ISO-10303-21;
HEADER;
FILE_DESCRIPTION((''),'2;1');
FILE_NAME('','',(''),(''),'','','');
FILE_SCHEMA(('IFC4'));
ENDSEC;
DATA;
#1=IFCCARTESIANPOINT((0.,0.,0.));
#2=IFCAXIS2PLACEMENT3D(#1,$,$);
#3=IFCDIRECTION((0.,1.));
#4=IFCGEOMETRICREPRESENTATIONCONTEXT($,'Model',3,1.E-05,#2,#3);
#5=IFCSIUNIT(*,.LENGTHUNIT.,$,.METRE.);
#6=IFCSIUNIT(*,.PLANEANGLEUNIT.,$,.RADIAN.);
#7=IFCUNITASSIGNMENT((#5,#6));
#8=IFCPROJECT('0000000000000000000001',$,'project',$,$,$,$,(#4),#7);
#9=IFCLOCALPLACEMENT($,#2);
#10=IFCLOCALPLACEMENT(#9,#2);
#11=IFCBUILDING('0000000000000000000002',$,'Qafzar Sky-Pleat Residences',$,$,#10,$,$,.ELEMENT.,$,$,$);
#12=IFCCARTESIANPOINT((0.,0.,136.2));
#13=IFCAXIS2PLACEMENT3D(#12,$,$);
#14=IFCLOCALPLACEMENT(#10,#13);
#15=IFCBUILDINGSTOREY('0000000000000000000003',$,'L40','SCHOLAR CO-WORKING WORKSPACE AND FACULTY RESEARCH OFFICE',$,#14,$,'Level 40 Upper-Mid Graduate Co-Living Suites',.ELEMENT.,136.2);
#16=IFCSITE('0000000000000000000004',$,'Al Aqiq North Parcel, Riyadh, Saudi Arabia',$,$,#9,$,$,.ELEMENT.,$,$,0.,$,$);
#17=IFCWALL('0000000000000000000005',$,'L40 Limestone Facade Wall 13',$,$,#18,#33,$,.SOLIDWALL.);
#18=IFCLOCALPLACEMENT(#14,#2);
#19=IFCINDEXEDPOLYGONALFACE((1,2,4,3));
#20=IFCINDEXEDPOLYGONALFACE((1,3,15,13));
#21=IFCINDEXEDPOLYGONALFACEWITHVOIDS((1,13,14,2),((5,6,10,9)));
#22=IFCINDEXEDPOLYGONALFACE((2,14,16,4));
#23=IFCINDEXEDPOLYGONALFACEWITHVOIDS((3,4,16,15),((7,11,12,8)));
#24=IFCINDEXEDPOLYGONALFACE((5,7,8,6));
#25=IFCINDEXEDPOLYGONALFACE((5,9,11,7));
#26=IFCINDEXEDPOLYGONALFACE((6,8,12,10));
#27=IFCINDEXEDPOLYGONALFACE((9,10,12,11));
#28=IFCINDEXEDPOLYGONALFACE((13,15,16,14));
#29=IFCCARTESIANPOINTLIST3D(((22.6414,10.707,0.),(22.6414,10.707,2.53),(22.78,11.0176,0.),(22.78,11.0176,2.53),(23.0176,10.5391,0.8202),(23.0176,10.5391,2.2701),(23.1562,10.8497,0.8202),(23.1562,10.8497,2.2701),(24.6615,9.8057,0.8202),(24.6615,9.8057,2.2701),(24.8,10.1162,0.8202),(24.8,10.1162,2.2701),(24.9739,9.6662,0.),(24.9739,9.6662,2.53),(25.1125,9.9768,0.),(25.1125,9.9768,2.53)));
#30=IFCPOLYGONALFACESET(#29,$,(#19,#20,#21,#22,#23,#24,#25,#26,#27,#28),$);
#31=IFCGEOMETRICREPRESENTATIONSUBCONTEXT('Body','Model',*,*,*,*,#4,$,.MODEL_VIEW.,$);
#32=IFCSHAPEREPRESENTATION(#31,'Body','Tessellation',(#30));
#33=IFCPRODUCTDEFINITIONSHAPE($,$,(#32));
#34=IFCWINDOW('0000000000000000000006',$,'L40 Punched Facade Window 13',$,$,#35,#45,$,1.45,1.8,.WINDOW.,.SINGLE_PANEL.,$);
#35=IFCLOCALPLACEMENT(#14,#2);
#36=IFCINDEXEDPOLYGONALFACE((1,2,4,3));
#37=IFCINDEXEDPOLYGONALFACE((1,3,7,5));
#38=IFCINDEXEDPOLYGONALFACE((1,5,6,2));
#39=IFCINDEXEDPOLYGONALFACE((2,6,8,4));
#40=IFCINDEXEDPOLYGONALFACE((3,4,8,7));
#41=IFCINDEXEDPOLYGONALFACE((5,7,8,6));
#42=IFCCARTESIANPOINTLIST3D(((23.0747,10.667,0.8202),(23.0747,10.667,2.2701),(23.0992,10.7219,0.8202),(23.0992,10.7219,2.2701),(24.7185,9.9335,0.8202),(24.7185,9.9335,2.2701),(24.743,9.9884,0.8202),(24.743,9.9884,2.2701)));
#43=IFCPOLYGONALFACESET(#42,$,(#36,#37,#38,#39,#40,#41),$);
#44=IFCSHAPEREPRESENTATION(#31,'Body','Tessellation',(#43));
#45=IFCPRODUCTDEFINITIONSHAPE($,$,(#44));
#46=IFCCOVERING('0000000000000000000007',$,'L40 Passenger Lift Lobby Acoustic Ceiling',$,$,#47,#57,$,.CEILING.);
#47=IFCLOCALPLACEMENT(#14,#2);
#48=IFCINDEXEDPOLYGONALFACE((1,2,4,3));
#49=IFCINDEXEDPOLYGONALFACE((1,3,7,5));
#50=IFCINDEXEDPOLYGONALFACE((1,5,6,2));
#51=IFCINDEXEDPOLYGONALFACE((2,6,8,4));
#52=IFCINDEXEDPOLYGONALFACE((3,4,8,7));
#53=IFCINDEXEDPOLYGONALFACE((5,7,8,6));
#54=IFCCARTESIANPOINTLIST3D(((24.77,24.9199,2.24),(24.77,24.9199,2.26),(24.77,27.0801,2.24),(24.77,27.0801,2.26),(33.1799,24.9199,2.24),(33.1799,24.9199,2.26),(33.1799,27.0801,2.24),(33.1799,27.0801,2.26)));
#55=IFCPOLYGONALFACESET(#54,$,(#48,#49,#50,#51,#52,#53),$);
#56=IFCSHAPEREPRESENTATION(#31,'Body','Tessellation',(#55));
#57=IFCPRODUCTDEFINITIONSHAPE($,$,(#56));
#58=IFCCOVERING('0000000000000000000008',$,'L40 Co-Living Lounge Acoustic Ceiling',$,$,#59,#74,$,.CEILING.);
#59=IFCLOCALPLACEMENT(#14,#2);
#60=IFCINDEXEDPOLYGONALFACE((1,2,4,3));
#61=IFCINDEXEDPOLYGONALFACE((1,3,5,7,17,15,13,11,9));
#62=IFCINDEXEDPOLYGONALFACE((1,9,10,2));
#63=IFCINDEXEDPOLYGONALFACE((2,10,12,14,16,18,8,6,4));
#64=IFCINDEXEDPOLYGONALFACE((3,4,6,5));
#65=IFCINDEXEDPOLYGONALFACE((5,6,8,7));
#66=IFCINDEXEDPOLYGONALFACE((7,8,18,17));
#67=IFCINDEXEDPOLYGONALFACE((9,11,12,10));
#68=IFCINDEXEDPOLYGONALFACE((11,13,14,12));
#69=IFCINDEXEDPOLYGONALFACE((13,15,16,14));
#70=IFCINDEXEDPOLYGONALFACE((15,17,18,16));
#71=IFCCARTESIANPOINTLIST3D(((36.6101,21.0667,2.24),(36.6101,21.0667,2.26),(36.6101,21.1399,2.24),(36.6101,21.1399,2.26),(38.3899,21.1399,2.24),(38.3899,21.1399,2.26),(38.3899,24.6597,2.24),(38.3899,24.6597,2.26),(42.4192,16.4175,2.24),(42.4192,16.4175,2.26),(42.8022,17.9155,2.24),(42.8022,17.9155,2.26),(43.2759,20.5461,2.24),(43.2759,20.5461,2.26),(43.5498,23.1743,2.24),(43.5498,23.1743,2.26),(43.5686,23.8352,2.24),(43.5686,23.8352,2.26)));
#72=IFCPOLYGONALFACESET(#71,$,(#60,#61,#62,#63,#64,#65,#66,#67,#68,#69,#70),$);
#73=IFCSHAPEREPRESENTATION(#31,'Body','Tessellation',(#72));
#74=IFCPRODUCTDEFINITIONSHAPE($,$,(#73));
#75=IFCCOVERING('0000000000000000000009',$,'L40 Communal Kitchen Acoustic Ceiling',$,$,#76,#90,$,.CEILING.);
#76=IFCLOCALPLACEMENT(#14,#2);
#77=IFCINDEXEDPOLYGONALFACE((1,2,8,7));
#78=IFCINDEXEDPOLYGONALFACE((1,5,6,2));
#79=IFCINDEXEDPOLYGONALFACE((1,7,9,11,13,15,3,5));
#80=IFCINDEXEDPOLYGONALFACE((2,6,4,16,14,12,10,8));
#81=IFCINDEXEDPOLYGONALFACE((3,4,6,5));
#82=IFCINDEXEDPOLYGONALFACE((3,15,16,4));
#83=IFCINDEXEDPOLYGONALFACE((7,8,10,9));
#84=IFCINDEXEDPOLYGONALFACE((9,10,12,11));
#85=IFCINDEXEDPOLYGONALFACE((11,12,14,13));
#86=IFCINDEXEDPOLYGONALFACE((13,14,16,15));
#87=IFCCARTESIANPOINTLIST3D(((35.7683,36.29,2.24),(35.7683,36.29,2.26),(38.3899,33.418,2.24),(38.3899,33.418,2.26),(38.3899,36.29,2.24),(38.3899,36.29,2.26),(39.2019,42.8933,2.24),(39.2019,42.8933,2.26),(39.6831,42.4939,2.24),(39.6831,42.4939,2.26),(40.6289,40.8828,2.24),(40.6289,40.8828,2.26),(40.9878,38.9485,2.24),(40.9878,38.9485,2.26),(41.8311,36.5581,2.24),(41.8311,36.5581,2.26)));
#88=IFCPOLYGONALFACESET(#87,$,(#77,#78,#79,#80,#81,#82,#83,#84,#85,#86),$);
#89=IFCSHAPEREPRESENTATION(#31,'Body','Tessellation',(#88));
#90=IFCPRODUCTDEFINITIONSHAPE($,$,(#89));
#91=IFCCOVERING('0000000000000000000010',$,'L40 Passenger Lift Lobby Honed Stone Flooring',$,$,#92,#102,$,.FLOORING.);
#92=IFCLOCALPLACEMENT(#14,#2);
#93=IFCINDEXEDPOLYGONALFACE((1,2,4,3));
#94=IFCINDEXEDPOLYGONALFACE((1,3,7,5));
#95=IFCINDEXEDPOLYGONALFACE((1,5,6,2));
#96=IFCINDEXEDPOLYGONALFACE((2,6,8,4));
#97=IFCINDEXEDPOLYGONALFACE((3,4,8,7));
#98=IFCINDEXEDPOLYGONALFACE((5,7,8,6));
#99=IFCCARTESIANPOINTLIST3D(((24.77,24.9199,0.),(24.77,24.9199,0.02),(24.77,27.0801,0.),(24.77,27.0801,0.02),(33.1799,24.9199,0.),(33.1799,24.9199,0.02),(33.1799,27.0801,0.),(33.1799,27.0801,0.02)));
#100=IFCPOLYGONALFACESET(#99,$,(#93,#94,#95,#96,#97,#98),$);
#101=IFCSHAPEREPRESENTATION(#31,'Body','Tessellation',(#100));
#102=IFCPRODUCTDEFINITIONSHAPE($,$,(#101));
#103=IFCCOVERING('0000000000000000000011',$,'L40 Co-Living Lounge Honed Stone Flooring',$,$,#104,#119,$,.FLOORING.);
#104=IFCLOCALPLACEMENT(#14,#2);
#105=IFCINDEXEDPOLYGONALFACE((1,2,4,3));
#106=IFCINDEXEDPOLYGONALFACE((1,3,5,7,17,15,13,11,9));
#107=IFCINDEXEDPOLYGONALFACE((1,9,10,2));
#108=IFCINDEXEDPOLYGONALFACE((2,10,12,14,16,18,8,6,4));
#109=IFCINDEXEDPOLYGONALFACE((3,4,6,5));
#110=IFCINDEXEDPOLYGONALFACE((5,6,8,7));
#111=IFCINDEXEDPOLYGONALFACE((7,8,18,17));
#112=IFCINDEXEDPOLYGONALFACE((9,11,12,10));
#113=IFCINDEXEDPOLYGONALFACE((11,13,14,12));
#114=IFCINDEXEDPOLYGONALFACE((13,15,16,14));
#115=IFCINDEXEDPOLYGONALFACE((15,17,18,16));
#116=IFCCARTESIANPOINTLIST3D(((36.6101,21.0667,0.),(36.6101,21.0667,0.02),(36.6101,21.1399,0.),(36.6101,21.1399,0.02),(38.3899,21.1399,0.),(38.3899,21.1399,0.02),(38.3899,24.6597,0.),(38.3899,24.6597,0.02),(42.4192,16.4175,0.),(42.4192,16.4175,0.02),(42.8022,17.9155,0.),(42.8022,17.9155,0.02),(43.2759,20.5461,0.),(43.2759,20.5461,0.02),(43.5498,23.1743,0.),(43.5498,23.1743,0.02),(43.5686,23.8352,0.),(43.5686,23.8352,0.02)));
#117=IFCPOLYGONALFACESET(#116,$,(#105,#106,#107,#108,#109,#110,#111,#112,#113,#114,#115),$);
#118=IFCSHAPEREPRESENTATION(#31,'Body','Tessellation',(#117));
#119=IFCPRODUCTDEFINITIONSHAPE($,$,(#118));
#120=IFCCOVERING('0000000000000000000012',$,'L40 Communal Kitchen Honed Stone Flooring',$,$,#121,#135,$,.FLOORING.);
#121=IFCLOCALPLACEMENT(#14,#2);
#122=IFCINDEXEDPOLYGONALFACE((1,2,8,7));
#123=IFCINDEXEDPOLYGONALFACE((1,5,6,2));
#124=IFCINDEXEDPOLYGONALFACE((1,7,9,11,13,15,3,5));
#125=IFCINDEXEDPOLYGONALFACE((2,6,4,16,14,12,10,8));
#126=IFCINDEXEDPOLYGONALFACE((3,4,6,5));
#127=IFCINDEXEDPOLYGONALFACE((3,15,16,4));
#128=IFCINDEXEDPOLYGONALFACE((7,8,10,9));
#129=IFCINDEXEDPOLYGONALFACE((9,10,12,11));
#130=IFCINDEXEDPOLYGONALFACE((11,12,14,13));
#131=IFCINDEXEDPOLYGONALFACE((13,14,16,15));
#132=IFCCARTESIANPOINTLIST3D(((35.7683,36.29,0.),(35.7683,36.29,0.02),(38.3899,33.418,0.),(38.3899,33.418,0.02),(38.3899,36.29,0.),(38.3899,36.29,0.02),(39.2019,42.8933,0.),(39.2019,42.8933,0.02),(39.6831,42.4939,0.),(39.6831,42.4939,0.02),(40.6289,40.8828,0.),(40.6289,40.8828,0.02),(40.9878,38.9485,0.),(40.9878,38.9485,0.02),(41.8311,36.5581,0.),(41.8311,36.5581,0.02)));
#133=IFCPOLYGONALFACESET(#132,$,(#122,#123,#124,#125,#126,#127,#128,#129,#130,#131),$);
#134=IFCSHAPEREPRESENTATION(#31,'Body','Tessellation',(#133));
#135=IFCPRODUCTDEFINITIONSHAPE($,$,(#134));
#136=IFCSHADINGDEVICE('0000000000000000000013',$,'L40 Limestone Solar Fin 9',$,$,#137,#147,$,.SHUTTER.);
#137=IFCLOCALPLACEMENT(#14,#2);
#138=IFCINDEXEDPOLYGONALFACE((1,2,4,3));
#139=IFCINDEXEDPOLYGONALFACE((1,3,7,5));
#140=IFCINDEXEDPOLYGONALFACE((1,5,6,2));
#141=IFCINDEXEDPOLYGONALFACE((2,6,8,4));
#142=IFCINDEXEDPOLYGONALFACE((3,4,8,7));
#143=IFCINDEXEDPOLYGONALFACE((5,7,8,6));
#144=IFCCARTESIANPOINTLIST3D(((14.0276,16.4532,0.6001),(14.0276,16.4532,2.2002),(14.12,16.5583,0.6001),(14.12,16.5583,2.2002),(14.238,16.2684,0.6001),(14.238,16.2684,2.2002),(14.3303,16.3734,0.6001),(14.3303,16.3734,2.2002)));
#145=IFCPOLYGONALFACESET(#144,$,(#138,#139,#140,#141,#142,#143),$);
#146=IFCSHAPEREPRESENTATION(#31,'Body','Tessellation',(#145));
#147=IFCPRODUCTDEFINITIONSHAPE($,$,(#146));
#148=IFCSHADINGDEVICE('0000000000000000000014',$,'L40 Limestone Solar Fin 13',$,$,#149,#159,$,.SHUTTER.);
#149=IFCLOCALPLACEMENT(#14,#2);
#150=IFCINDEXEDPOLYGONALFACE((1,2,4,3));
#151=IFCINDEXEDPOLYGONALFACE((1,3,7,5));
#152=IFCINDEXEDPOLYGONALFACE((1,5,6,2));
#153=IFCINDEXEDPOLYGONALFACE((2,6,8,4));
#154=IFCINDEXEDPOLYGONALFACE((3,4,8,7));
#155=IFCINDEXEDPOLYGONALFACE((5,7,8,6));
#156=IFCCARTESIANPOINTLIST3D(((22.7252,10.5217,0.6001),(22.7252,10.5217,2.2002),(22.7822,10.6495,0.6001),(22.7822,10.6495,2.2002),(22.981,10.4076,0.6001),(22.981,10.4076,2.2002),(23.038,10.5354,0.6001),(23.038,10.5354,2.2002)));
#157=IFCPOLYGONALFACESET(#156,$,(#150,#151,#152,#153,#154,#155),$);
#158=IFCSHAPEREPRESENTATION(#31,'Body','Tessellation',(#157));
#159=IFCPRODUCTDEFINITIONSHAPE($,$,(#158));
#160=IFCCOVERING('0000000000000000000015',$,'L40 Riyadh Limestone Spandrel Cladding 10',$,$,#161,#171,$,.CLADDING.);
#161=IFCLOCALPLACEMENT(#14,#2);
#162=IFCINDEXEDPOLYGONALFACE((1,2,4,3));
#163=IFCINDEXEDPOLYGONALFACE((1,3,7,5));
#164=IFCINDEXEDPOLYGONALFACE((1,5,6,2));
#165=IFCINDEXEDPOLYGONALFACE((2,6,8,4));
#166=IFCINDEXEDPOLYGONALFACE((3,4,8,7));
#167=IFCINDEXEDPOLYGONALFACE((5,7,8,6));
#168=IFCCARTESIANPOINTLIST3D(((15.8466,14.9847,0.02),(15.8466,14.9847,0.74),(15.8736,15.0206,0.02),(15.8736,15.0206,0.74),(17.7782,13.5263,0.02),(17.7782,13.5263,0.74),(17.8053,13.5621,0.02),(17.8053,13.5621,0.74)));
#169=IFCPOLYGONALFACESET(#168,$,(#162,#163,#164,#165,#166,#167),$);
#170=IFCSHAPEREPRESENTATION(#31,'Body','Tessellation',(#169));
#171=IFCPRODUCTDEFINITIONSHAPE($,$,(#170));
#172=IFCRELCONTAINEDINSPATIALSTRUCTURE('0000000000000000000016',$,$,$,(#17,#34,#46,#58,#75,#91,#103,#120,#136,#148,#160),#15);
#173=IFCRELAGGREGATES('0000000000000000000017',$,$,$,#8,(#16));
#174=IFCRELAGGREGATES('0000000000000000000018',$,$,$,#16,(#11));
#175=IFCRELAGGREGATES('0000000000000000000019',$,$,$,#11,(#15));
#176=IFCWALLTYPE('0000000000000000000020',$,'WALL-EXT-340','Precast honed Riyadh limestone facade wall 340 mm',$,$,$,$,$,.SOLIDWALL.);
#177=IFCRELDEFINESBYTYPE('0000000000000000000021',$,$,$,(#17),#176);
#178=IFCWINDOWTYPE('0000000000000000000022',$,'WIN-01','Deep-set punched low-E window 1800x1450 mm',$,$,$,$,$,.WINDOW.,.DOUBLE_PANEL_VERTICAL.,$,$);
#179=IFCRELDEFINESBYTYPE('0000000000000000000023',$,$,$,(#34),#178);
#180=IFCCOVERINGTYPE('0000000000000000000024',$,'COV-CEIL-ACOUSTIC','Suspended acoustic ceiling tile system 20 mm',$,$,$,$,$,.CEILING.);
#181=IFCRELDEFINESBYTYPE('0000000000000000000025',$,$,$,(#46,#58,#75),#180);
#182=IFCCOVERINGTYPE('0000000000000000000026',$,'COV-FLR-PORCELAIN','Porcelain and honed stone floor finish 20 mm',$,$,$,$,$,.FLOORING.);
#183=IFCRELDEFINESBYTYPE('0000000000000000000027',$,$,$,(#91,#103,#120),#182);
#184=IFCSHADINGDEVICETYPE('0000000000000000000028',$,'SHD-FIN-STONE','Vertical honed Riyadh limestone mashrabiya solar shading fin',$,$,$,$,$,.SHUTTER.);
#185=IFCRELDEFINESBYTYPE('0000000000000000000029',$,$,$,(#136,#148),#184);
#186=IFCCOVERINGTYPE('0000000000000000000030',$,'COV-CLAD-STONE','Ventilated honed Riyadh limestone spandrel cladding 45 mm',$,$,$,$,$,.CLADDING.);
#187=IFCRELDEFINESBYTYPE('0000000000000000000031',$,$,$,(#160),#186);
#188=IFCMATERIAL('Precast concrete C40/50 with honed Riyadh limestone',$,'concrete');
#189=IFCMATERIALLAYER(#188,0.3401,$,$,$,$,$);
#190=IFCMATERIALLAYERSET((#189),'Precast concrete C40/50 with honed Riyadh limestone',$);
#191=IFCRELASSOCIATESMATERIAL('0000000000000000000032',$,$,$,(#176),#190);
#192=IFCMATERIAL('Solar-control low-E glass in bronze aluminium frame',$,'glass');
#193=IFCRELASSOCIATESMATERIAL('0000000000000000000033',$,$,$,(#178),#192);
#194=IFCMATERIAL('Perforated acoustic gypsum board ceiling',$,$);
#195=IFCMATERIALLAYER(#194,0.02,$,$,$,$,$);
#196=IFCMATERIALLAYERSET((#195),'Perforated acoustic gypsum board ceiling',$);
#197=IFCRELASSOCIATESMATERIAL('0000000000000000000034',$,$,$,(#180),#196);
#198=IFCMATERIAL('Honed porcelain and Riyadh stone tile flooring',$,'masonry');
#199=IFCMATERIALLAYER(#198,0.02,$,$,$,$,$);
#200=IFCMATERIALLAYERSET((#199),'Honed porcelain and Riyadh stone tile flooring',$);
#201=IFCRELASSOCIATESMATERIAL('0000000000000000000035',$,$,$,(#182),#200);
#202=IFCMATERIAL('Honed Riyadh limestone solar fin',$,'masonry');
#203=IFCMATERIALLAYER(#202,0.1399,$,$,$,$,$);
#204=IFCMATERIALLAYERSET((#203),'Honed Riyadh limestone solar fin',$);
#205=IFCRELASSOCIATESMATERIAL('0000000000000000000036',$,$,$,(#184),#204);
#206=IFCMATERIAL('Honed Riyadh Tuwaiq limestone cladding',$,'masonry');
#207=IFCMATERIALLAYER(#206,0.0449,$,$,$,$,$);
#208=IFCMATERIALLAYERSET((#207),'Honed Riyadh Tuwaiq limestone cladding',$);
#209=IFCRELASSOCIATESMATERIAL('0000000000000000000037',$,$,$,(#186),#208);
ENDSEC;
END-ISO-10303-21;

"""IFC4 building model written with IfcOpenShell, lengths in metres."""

from ifc_helpers import new_model, si_unit, direction, frame, frame_2d, origin, origin_2d, place, context, subcontext, project, spatial, polyline, rectangle, outline, extrude, source, transform, mapped, material, layer, layer_set, type_object, element, fill, save


model = new_model("IFC4")

# Units and contexts
model_context = context("Model", 3, precision=1e-05, world=origin(), true_north=direction((0.0, 1.0)))
body_context = subcontext(model_context, "Body", "Model", "MODEL_VIEW")
ifc_project = project(units=[si_unit("LENGTHUNIT", "METRE"), si_unit("PLANEANGLEUNIT", "RADIAN")], contexts=[model_context])

# Site, building, storey
site_placement = place(None, origin())
site = spatial("IfcSite", under=ifc_project, at=site_placement, Name="Al Aqiq North Parcel, Riyadh, Saudi Arabia", CompositionType="ELEMENT", RefElevation=0.0)
building_placement = place(site_placement, origin())
building = spatial("IfcBuilding", under=site, at=building_placement, Name="Qafzar Sky-Pleat Residences", CompositionType="ELEMENT")
storey_placement = place(building_placement, frame((0.0, 0.0, 136.2)))
storey = spatial("IfcBuildingStorey", under=building, at=storey_placement, Name="L40", Description="SCHOLAR CO-WORKING WORKSPACE AND FACULTY RESEARCH OFFICE", LongName="Level 40 Upper-Mid Graduate Co-Living Suites", CompositionType="ELEMENT", Elevation=136.2)

# Wall, opening, window
ifc_material_1 = material(Name="Precast concrete C40/50 with honed Riyadh limestone", Category="concrete")
ifc_layer_1 = layer(ifc_material_1, 0.3401)
ifc_layer_set_1 = layer_set([ifc_layer_1], Name="Precast concrete C40/50 with honed Riyadh limestone")
wall_type_1 = type_object("IfcWallType", Name="WALL-EXT-340", Description="Precast honed Riyadh limestone facade wall 340 mm", PredefinedType="SOLIDWALL", material=ifc_layer_set_1)
ifc_material_2 = material(Name="Solar-control low-E glass in bronze aluminium frame", Category="glass")
wall_1_placement = place(storey_placement, frame((22.7107, 10.8623, 0.0), z_axis=(0.0, 0.0, 1.0), x_axis=(0.913215, -0.407477, 0.0)))
wall_1 = element("IfcWall", 1, at=wall_1_placement, inside=storey, type_object=wall_type_1, Name="L40 Limestone Facade Wall 13", PredefinedType="SOLIDWALL", context=body_context, shape_type="SweptSolid", body=[
    extrude(rectangle(XDim=2.5542, YDim=0.3401, at=frame_2d((1.2771, 0.0))), origin(), (0.0, 0.0, 1.0), 2.53),
])
opening_1_placement = place(wall_1_placement, frame((0.4121, 0.0, 0.8201)))
opening_1 = element("IfcOpeningElement", 2, at=opening_1_placement, cuts=wall_1, PredefinedType="OPENING", context=body_context, shape_type="SweptSolid", body=[
    extrude(rectangle(XDim=1.8, YDim=1.45, at=frame_2d((0.8999, 0.7251))), frame((0.0, 0.1802, 0.0), z_axis=(0.0, -1.0, 0.0), x_axis=(1.0, 0.0, 0.0)), (0.0, 0.0, 1.0), 0.3601),
])
window_type_1 = type_object("IfcWindowType", Name="WIN-01", Description="Deep-set punched low-E window 1800x1450 mm", PartitioningType="DOUBLE_PANEL_VERTICAL", PredefinedType="WINDOW", material=ifc_material_2)
shared_shape_1 = source(origin(), body_context, "Body", "SweptSolid", [
    extrude(rectangle(XDim=1.8, YDim=1.45, at=frame_2d((0.8999, 0.7251))), frame((0.0, 0.03, 0.0), z_axis=(0.0, -1.0, 0.0), x_axis=(1.0, 0.0, 0.0)), (0.0, 0.0, 1.0), 0.0601),
])
window_1_placement = place(opening_1_placement, origin())
window_1 = element("IfcWindow", 3, at=window_1_placement, inside=storey, type_object=window_type_1, Name="L40 Punched Facade Window 13", OverallHeight=1.45, OverallWidth=1.8, PartitioningType="SINGLE_PANEL", PredefinedType="WINDOW", context=body_context, shape_type="MappedRepresentation", body=[
    mapped(shared_shape_1, transform((0.0, 0.0, 0.0), x_axis=(1.0, 0.0, 0.0), y_axis=(0.0, 1.0, 0.0), z_axis=(0.0, 0.0, 1.0), scale=1.0)),
])
fill(opening_1, window_1)

# Coverings
ifc_material_3 = material(Name="Perforated acoustic gypsum board ceiling")
ifc_layer_2 = layer(ifc_material_3, 0.02)
ifc_layer_set_2 = layer_set([ifc_layer_2], Name="Perforated acoustic gypsum board ceiling")
covering_type_1 = type_object("IfcCoveringType", Name="COV-CEIL-ACOUSTIC", Description="Suspended acoustic ceiling tile system 20 mm", PredefinedType="CEILING", material=ifc_layer_set_2)
covering_1_placement = place(storey_placement, frame((0.0, 0.0, 2.24)))
element("IfcCovering", 4, at=covering_1_placement, inside=storey, type_object=covering_type_1, Name="L40 Passenger Lift Lobby Acoustic Ceiling", PredefinedType="CEILING", context=body_context, shape_type="SweptSolid", body=[
    extrude(outline(polyline([(33.1799, 24.9199), (24.77, 24.9199), (24.77, 27.0801), (33.1799, 27.0801), (33.1799, 24.9199)])), origin(), (0.0, 0.0, 1.0), 0.02),
])
covering_2_placement = place(storey_placement, frame((0.0, 0.0, 2.24)))
element("IfcCovering", 5, at=covering_2_placement, inside=storey, type_object=covering_type_1, Name="L40 Co-Living Lounge Acoustic Ceiling", PredefinedType="CEILING", context=body_context, shape_type="SweptSolid", body=[
    extrude(outline(polyline([(43.5498, 23.1743), (43.2759, 20.5461), (42.8022, 17.9155), (42.4192, 16.4175), (36.6101, 21.0667), (36.6101, 21.1399), (38.3899, 21.1399), (38.3899, 24.6597), (43.5686, 23.8352), (43.5498, 23.1743)])), origin(), (0.0, 0.0, 1.0), 0.02),
])
covering_3_placement = place(storey_placement, frame((0.0, 0.0, 2.24)))
element("IfcCovering", 6, at=covering_3_placement, inside=storey, type_object=covering_type_1, Name="L40 Communal Kitchen Acoustic Ceiling", PredefinedType="CEILING", context=body_context, shape_type="SweptSolid", body=[
    extrude(outline(polyline([(39.6831, 42.4939), (40.6289, 40.8828), (40.9878, 38.9485), (41.8311, 36.5581), (38.3899, 33.418), (38.3899, 36.29), (35.7683, 36.29), (39.2019, 42.8933), (39.6831, 42.4939)])), origin(), (0.0, 0.0, 1.0), 0.02),
])
ifc_material_4 = material(Name="Honed porcelain and Riyadh stone tile flooring", Category="masonry")
ifc_layer_3 = layer(ifc_material_4, 0.02)
ifc_layer_set_3 = layer_set([ifc_layer_3], Name="Honed porcelain and Riyadh stone tile flooring")
covering_type_2 = type_object("IfcCoveringType", Name="COV-FLR-PORCELAIN", Description="Porcelain and honed stone floor finish 20 mm", PredefinedType="FLOORING", material=ifc_layer_set_3)
covering_4_placement = place(storey_placement, origin())
element("IfcCovering", 7, at=covering_4_placement, inside=storey, type_object=covering_type_2, Name="L40 Passenger Lift Lobby Honed Stone Flooring", PredefinedType="FLOORING", context=body_context, shape_type="SweptSolid", body=[
    extrude(outline(polyline([(33.1799, 24.9199), (24.77, 24.9199), (24.77, 27.0801), (33.1799, 27.0801), (33.1799, 24.9199)])), origin(), (0.0, 0.0, 1.0), 0.02),
])
covering_5_placement = place(storey_placement, origin())
element("IfcCovering", 8, at=covering_5_placement, inside=storey, type_object=covering_type_2, Name="L40 Co-Living Lounge Honed Stone Flooring", PredefinedType="FLOORING", context=body_context, shape_type="SweptSolid", body=[
    extrude(outline(polyline([(43.5498, 23.1743), (43.2759, 20.5461), (42.8022, 17.9155), (42.4192, 16.4175), (36.6101, 21.0667), (36.6101, 21.1399), (38.3899, 21.1399), (38.3899, 24.6597), (43.5686, 23.8352), (43.5498, 23.1743)])), origin(), (0.0, 0.0, 1.0), 0.02),
])
covering_6_placement = place(storey_placement, origin())
element("IfcCovering", 9, at=covering_6_placement, inside=storey, type_object=covering_type_2, Name="L40 Communal Kitchen Honed Stone Flooring", PredefinedType="FLOORING", context=body_context, shape_type="SweptSolid", body=[
    extrude(outline(polyline([(39.6831, 42.4939), (40.6289, 40.8828), (40.9878, 38.9485), (41.8311, 36.5581), (38.3899, 33.418), (38.3899, 36.29), (35.7683, 36.29), (39.2019, 42.8933), (39.6831, 42.4939)])), origin(), (0.0, 0.0, 1.0), 0.02),
])

# Shading devices
ifc_material_5 = material(Name="Honed Riyadh limestone solar fin", Category="masonry")
ifc_layer_4 = layer(ifc_material_5, 0.1399)
ifc_layer_set_4 = layer_set([ifc_layer_4], Name="Honed Riyadh limestone solar fin")
shading_device_type = type_object("IfcShadingDeviceType", Name="SHD-FIN-STONE", Description="Vertical honed Riyadh limestone mashrabiya solar shading fin", PredefinedType="SHUTTER", material=ifc_layer_set_4)
shared_shape_2 = source(origin(), body_context, "Body", "SweptSolid", [
    extrude(rectangle(XDim=0.1399, YDim=0.28, at=origin_2d()), origin(), (0.0, 0.0, 1.0), 1.6001),
])
for number, where, z_axis, x_axis, name in (
    (10, (14.179, 16.4133, 0.6001), (0.0, 0.0, 1.0), (-0.660133, -0.751149, 0.0), "L40 Limestone Solar Fin 9"),
    (11, (22.8816, 10.5286, 0.6001), (0.0, 0.0, 1.0), (-0.407475, -0.913216, 0.0), "L40 Limestone Solar Fin 13"),
):
    element("IfcShadingDevice", number, at=place(storey_placement, frame(where, z_axis=z_axis, x_axis=x_axis)), inside=storey, type_object=shading_device_type, Name=name, PredefinedType="SHUTTER", context=body_context, shape_type="MappedRepresentation", body=[
        mapped(shared_shape_2, transform((0.0, 0.0, 0.0), x_axis=(1.0, 0.0, 0.0), y_axis=(0.0, 1.0, 0.0), z_axis=(0.0, 0.0, 1.0), scale=1.0)),
    ])

# Covering
ifc_material_6 = material(Name="Honed Riyadh Tuwaiq limestone cladding", Category="masonry")
ifc_layer_5 = layer(ifc_material_6, 0.0449)
ifc_layer_set_5 = layer_set([ifc_layer_5], Name="Honed Riyadh Tuwaiq limestone cladding")
covering_type_3 = type_object("IfcCoveringType", Name="COV-CLAD-STONE", Description="Ventilated honed Riyadh limestone spandrel cladding 45 mm", PredefinedType="CLADDING", material=ifc_layer_set_5)
shared_shape_3 = source(origin(), body_context, "Body", "SweptSolid", [
    extrude(rectangle(XDim=2.4204, YDim=0.0449, at=origin_2d()), origin(), (0.0, 0.0, 1.0), 0.72),
])
covering_7_placement = place(storey_placement, frame((16.8259, 14.2734, 0.02), z_axis=(0.0, 0.0, 1.0), x_axis=(0.798068, -0.602567, 0.0)))
element("IfcCovering", 12, at=covering_7_placement, inside=storey, type_object=covering_type_3, Name="L40 Riyadh Limestone Spandrel Cladding 10", PredefinedType="CLADDING", context=body_context, shape_type="MappedRepresentation", body=[
    mapped(shared_shape_3, transform((0.0, 0.0, 0.0), x_axis=(1.0, 0.0, 0.0), y_axis=(0.0, 1.0, 0.0), z_axis=(0.0, 0.0, 1.0), scale=1.0)),
])

save(model, "model.ifc")
